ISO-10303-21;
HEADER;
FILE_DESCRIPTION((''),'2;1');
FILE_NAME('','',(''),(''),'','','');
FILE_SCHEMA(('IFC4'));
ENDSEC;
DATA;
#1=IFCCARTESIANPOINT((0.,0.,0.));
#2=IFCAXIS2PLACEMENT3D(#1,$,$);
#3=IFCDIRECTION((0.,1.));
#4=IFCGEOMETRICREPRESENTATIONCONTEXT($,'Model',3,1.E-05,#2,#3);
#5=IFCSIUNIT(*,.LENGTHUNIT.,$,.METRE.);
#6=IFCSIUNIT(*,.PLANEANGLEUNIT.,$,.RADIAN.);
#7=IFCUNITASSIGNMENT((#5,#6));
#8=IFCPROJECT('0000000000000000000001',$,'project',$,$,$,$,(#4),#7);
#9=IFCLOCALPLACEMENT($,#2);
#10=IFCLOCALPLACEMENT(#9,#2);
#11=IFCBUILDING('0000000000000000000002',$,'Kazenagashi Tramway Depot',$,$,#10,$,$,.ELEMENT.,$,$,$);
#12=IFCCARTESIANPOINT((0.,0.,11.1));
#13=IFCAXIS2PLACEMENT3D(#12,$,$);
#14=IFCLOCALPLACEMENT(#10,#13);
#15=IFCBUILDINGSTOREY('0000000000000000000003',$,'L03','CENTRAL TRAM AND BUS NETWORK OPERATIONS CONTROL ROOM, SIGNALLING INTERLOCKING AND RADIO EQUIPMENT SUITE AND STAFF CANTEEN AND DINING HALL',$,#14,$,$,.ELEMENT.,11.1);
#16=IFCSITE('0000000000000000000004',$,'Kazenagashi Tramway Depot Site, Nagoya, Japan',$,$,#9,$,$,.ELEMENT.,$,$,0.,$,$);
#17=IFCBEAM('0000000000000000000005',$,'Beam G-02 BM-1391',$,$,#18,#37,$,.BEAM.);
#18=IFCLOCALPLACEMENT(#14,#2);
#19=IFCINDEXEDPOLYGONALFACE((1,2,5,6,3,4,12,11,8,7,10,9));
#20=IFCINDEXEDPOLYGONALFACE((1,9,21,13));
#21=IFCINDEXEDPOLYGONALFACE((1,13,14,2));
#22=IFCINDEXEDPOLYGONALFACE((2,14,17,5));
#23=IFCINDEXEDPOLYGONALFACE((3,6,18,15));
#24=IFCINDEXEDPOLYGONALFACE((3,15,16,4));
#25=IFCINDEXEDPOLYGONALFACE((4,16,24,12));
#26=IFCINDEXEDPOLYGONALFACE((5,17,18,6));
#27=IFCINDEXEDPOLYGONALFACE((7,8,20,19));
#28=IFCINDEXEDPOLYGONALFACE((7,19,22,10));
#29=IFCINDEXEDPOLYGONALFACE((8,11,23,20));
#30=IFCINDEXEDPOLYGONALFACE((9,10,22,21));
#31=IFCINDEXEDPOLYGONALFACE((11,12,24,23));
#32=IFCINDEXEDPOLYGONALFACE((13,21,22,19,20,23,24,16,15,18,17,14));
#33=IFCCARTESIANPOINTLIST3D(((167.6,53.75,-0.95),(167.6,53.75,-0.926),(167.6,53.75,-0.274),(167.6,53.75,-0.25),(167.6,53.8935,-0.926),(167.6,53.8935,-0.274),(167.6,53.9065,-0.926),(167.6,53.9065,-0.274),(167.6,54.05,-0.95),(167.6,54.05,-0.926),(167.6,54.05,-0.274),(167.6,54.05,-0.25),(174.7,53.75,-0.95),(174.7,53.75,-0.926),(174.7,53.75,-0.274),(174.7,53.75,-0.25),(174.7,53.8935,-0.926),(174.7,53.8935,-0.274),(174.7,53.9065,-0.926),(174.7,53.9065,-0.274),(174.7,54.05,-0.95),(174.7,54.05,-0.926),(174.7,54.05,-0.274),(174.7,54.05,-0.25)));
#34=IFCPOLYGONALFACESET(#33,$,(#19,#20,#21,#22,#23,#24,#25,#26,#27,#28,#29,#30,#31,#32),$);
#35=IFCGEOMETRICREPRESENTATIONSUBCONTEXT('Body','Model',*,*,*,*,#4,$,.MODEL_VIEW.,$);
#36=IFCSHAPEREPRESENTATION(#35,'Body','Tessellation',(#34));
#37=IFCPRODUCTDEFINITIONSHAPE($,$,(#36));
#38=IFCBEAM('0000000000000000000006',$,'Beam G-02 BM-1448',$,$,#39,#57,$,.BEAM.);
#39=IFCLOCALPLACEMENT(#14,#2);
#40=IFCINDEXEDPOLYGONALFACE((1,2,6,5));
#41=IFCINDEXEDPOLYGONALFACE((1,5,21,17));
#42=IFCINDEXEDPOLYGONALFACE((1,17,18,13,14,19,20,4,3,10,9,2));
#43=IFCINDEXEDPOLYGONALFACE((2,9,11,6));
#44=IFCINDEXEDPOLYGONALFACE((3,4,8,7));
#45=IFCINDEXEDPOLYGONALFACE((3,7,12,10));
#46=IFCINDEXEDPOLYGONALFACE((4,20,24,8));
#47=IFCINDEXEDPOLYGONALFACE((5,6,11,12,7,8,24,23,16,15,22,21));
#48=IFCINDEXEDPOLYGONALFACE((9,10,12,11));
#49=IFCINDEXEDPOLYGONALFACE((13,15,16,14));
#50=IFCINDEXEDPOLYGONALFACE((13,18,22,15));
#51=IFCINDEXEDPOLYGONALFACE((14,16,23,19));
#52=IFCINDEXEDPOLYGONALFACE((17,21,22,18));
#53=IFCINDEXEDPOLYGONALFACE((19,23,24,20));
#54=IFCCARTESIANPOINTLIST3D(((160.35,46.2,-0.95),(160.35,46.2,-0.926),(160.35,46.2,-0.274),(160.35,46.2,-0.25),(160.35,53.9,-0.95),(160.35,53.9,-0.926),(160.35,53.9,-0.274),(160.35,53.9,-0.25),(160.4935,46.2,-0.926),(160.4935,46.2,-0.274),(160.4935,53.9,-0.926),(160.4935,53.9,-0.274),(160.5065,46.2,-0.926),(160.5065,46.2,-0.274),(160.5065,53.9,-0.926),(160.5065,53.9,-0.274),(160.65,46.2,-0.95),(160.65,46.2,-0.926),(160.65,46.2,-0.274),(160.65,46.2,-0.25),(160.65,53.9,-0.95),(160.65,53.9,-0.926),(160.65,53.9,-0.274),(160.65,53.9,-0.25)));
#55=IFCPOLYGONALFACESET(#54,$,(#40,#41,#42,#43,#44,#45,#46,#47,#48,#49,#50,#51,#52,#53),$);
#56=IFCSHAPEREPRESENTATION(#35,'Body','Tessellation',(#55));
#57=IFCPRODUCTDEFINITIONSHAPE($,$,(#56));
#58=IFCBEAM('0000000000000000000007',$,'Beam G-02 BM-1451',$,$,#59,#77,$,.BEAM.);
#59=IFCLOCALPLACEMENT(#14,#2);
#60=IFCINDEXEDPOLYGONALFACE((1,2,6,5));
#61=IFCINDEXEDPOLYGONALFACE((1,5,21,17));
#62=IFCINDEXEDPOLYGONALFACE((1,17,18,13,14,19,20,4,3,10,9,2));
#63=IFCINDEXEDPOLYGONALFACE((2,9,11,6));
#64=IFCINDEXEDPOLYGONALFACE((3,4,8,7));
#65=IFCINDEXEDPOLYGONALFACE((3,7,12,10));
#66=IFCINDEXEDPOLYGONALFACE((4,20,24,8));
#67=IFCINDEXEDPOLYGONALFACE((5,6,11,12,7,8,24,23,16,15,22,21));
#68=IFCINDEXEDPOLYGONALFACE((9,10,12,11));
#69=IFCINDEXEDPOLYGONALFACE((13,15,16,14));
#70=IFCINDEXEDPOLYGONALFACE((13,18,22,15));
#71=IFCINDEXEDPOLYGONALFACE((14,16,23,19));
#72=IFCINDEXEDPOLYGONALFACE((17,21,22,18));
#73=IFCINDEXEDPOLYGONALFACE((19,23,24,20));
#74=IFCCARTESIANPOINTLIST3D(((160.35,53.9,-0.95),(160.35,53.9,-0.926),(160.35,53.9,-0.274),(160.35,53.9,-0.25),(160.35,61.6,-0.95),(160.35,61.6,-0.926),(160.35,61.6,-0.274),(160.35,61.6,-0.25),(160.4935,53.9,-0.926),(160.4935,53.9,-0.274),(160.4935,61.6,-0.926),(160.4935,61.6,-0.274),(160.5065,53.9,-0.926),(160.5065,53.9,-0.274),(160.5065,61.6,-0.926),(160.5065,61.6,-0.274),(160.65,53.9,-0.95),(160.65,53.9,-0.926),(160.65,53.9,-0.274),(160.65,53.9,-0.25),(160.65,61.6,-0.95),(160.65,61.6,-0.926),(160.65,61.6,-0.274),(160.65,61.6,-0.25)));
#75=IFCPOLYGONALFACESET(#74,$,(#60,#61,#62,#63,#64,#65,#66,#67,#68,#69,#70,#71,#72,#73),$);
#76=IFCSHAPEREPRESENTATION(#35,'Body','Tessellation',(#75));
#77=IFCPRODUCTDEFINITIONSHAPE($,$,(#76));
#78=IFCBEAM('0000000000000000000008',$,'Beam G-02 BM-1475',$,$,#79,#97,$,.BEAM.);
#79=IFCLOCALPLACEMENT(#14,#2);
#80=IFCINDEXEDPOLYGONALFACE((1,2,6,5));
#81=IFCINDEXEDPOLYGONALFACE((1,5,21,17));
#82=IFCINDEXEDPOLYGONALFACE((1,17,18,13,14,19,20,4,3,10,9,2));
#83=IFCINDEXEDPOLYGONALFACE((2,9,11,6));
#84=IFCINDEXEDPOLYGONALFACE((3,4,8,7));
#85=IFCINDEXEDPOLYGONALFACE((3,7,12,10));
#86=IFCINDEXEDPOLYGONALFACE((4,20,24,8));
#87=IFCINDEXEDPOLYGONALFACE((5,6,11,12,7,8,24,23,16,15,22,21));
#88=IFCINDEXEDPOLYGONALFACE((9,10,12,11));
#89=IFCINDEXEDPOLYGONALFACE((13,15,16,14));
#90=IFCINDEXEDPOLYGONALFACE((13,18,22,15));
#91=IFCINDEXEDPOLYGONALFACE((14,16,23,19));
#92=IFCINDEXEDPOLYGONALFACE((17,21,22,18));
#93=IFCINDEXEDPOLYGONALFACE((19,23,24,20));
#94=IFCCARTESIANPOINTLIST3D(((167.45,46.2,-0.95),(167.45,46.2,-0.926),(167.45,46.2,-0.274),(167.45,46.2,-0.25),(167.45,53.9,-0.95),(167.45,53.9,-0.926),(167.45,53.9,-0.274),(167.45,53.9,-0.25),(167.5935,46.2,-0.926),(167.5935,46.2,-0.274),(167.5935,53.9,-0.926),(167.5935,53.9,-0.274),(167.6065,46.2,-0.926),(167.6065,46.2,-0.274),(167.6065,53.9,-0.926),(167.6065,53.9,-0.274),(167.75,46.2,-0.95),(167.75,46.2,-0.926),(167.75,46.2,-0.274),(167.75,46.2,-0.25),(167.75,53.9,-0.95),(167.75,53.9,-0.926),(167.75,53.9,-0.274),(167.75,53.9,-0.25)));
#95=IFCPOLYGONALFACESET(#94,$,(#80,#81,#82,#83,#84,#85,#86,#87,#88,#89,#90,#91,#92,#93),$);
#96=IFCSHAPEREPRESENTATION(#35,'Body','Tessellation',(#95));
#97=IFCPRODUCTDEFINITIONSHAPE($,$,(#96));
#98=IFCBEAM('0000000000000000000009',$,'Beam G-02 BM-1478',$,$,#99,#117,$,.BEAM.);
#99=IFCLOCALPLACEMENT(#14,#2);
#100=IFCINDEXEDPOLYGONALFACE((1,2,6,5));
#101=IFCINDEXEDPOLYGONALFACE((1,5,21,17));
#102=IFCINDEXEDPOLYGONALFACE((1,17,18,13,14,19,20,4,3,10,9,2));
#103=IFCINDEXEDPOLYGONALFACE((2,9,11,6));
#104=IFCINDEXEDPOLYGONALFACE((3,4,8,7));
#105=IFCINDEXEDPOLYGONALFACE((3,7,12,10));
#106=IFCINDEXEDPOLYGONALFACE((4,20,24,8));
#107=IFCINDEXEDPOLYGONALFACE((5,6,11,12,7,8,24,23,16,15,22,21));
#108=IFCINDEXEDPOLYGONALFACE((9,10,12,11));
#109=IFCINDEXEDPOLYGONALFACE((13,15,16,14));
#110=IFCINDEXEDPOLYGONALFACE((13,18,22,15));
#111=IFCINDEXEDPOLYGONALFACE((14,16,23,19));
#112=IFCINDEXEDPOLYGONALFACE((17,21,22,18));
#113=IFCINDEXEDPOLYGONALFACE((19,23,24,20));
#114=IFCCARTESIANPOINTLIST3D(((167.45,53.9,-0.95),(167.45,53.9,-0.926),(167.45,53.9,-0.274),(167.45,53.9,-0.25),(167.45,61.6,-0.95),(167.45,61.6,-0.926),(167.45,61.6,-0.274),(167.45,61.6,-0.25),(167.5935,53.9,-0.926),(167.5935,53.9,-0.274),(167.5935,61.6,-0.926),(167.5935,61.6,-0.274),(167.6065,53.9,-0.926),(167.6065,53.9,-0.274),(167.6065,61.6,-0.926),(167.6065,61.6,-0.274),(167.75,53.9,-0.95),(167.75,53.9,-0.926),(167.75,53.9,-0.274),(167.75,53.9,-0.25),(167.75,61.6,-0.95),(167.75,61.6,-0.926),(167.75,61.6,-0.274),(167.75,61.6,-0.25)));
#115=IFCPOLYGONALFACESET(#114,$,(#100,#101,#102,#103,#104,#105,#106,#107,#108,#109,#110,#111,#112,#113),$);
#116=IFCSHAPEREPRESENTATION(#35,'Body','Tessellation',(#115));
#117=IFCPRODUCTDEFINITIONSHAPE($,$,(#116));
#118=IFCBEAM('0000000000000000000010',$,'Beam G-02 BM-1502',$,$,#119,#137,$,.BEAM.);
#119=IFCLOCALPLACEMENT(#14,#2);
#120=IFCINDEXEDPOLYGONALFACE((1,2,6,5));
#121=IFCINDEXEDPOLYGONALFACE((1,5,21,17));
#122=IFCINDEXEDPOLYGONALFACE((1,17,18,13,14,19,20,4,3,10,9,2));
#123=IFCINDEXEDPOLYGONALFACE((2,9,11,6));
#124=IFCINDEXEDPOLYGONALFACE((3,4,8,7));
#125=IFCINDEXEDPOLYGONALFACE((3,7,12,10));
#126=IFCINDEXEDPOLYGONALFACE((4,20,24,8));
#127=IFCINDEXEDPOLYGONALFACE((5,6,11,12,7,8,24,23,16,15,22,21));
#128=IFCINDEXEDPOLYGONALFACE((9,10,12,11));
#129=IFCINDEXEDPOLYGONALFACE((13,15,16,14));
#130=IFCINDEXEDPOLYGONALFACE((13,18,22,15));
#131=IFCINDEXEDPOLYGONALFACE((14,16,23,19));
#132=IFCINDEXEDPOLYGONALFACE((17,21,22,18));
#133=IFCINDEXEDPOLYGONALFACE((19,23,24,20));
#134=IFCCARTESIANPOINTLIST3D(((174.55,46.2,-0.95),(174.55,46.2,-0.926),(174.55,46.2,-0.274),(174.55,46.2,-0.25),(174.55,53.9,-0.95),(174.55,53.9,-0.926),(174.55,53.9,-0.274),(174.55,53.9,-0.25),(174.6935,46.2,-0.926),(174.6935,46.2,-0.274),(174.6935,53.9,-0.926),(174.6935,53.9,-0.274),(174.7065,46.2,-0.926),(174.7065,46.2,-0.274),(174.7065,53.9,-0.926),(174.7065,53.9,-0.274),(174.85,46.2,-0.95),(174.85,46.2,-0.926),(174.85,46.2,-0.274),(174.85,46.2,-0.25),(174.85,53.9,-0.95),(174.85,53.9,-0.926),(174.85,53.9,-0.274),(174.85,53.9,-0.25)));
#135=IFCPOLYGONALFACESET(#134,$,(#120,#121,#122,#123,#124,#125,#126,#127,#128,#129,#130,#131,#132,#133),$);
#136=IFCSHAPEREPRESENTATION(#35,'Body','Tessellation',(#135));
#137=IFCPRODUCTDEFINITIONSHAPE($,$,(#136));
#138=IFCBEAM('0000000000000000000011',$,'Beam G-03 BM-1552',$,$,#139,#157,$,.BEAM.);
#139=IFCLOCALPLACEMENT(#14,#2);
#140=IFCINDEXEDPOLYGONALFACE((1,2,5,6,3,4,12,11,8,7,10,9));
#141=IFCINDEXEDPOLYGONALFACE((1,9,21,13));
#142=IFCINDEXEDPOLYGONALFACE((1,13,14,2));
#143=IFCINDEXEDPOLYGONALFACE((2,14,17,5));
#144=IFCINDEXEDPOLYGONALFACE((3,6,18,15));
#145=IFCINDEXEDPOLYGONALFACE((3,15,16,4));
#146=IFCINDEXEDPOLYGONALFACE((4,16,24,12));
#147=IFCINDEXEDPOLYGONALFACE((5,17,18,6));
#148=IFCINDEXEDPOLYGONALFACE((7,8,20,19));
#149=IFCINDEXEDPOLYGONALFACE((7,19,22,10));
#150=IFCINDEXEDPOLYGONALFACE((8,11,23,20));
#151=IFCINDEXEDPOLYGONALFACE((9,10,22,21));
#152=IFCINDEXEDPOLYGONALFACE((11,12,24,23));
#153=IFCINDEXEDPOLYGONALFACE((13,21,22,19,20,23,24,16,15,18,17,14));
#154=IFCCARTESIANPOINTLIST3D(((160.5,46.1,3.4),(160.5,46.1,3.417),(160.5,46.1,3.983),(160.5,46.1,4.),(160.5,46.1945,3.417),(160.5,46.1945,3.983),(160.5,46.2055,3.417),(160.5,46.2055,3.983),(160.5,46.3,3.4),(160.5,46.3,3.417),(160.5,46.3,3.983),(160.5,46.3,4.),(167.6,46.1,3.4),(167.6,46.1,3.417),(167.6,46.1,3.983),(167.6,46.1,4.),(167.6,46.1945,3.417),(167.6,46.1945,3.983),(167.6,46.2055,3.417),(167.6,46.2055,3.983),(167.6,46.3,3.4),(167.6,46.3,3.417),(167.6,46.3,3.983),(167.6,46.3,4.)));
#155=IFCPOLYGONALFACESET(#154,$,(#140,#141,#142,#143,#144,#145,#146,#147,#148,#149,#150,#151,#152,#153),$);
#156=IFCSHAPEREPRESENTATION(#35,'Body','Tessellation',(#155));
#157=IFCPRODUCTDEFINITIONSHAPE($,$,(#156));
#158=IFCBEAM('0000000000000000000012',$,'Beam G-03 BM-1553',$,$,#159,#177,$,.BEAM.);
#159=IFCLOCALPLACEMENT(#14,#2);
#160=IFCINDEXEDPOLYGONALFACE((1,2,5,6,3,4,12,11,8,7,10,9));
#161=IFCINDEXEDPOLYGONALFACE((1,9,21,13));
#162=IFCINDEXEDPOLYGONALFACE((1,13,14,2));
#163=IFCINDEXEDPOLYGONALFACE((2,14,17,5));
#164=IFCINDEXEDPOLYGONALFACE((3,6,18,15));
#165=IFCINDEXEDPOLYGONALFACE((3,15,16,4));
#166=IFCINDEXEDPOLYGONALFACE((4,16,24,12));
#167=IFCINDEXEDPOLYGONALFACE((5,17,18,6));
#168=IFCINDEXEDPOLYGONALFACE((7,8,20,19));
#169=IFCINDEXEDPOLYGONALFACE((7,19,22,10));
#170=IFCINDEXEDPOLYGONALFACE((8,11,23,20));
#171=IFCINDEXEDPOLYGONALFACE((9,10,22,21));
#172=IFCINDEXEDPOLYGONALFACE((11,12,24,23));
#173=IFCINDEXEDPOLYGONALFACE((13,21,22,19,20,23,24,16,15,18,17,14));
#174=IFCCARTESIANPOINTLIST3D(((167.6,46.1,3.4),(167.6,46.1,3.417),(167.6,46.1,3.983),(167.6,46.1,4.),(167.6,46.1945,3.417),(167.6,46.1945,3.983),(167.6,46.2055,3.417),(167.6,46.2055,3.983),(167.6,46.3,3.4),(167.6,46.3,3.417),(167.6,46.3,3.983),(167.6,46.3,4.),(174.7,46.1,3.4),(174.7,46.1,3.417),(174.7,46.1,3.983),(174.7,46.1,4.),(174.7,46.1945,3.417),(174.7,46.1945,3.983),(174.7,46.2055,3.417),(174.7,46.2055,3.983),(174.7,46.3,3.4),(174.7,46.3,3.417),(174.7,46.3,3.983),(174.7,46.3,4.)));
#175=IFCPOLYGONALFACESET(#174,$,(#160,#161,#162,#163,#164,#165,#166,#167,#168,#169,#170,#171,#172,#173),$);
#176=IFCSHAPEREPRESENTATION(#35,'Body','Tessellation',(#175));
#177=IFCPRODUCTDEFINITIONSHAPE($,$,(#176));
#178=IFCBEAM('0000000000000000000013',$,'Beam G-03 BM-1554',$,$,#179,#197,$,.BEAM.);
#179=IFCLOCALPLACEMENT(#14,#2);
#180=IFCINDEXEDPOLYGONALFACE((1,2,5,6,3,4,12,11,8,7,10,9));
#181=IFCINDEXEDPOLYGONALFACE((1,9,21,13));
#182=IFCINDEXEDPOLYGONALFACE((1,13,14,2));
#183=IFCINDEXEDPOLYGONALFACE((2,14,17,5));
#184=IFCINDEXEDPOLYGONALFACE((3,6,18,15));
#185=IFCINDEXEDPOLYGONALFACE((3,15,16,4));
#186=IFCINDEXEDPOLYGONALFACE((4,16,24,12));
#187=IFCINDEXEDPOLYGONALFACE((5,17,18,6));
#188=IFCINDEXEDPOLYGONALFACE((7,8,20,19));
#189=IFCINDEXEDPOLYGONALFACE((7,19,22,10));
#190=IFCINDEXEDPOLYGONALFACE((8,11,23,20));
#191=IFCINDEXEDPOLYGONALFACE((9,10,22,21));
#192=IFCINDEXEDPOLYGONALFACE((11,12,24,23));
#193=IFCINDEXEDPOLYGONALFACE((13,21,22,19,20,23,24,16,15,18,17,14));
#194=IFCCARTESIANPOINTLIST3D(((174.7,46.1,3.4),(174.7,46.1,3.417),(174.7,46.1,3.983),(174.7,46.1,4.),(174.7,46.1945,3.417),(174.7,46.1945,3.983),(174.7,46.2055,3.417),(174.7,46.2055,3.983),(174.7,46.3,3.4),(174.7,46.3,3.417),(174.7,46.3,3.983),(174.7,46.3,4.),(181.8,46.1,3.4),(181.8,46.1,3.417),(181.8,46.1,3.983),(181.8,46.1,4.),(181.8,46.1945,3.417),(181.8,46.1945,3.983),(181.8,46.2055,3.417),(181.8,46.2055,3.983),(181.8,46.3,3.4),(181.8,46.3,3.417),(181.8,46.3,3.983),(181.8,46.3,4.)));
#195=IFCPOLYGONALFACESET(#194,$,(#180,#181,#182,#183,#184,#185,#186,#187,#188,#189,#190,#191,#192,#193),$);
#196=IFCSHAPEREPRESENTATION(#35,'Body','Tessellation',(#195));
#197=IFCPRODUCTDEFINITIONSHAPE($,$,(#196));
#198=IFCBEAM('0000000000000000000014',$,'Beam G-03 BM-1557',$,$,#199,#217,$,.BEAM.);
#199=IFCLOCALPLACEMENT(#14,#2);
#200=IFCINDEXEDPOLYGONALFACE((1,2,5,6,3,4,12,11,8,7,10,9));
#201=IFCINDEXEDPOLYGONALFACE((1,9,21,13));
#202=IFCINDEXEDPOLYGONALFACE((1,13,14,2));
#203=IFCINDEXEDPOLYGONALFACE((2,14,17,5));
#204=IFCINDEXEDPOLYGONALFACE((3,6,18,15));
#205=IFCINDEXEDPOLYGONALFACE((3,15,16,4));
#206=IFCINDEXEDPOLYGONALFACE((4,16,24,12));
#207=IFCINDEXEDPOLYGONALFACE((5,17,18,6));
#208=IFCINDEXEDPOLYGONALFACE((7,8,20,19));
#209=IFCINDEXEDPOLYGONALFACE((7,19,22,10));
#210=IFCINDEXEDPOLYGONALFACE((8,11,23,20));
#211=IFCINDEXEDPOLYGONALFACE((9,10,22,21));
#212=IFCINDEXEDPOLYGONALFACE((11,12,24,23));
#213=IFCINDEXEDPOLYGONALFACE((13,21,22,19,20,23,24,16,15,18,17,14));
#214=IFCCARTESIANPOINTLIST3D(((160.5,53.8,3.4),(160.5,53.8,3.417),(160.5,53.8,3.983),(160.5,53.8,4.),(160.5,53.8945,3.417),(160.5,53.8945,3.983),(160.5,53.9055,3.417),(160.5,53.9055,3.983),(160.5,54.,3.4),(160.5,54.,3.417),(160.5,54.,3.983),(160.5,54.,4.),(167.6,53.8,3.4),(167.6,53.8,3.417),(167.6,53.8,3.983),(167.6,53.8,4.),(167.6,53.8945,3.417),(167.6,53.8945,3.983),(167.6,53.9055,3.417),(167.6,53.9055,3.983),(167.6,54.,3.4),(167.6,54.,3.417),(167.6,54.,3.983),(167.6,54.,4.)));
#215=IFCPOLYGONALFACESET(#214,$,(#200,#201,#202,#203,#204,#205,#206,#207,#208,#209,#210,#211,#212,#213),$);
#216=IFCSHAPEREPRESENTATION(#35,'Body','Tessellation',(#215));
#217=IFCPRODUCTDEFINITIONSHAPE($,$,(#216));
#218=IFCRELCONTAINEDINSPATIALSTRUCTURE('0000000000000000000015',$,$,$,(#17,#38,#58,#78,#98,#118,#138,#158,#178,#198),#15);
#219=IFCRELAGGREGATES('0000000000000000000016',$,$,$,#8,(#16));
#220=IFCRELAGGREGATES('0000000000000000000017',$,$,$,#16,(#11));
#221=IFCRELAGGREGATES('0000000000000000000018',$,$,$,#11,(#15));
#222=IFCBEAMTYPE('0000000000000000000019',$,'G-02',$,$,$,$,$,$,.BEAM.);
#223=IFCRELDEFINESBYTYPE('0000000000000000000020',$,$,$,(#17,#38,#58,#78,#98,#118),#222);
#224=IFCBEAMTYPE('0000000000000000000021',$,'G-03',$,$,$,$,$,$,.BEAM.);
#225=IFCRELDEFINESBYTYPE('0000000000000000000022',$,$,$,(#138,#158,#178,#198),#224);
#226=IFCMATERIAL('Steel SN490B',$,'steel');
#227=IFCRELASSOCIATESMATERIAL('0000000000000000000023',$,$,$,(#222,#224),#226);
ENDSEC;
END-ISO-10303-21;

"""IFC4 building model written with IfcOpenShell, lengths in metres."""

from ifc_helpers import new_model, si_unit, direction, frame, origin, origin_2d, place, context, subcontext, project, spatial, i_section, extrude, material, material_profile, profile_set, type_object, element, save


model = new_model("IFC4")

# Units and contexts
model_context = context("Model", 3, precision=1e-05, world=origin(), true_north=direction((0.0, 1.0)))
body_context = subcontext(model_context, "Body", "Model", "MODEL_VIEW")
ifc_project = project(units=[si_unit("LENGTHUNIT", "METRE"), si_unit("PLANEANGLEUNIT", "RADIAN")], contexts=[model_context])

# Site, building, storey
site_placement = place(None, origin())
site = spatial("IfcSite", under=ifc_project, at=site_placement, Name="Kazenagashi Tramway Depot Site, Nagoya, Japan", CompositionType="ELEMENT", RefElevation=0.0)
building_placement = place(site_placement, origin())
building = spatial("IfcBuilding", under=site, at=building_placement, Name="Kazenagashi Tramway Depot", CompositionType="ELEMENT")
storey_placement = place(building_placement, frame((0.0, 0.0, 11.1)))
storey = spatial("IfcBuildingStorey", under=building, at=storey_placement, Name="L03", Description="CENTRAL TRAM AND BUS NETWORK OPERATIONS CONTROL ROOM, SIGNALLING INTERLOCKING AND RADIO EQUIPMENT SUITE AND STAFF CANTEEN AND DINING HALL", CompositionType="ELEMENT", Elevation=11.1)

# Shared definitions
ifc_material_1 = material(Name="Steel SN490B", Category="steel")

# Beams
ifc_material_profile_1 = material_profile(ifc_material_1, i_section(OverallWidth=0.3, OverallDepth=0.7, WebThickness=0.013, FlangeThickness=0.024, at=origin_2d()), Name="H-700x300x13x24")
ifc_profile_set_1 = profile_set([ifc_material_profile_1], Name="Steel SN490B")
beam_type_1 = type_object("IfcBeamType", Name="G-02", PredefinedType="BEAM", material=ifc_profile_set_1)
for number, where, z_axis, x_axis, name in (
    (1, (167.6, 53.9, -0.6), (1.0, 0.0, 0.0), (0.0, 1.0, 0.0), "Beam G-02 BM-1391"),
):
    element("IfcBeam", number, at=place(storey_placement, frame(where, z_axis=z_axis, x_axis=x_axis)), inside=storey, type_object=beam_type_1, Name=name, PredefinedType="BEAM", context=body_context, shape_type="SweptSolid", body=[
        extrude(i_section(OverallWidth=0.3, OverallDepth=0.7, WebThickness=0.013, FlangeThickness=0.024, at=origin_2d()), origin(), (0.0, 0.0, 1.0), 7.1),
    ])
for number, where, z_axis, x_axis, name in (
    (2, (160.5, 46.2, -0.6), (0.0, 1.0, 0.0), (-1.0, 0.0, 0.0), "Beam G-02 BM-1448"),
    (3, (160.5, 53.9, -0.6), (0.0, 1.0, 0.0), (-1.0, 0.0, 0.0), "Beam G-02 BM-1451"),
    (4, (167.6, 46.2, -0.6), (0.0, 1.0, 0.0), (-1.0, 0.0, 0.0), "Beam G-02 BM-1475"),
    (5, (167.6, 53.9, -0.6), (0.0, 1.0, 0.0), (-1.0, 0.0, 0.0), "Beam G-02 BM-1478"),
    (6, (174.7, 46.2, -0.6), (0.0, 1.0, 0.0), (-1.0, 0.0, 0.0), "Beam G-02 BM-1502"),
):
    element("IfcBeam", number, at=place(storey_placement, frame(where, z_axis=z_axis, x_axis=x_axis)), inside=storey, type_object=beam_type_1, Name=name, PredefinedType="BEAM", context=body_context, shape_type="SweptSolid", body=[
        extrude(i_section(OverallWidth=0.3, OverallDepth=0.7, WebThickness=0.013, FlangeThickness=0.024, at=origin_2d()), origin(), (0.0, 0.0, 1.0), 7.7),
    ])
ifc_material_profile_2 = material_profile(ifc_material_1, i_section(OverallWidth=0.2, OverallDepth=0.6, WebThickness=0.011, FlangeThickness=0.017, at=origin_2d()), Name="H-600x200x11x17")
ifc_profile_set_2 = profile_set([ifc_material_profile_2], Name="Steel SN490B")
beam_type_2 = type_object("IfcBeamType", Name="G-03", PredefinedType="BEAM", material=ifc_profile_set_2)
for number, where, z_axis, x_axis, name in (
    (7, (160.5, 46.2, 3.7), (1.0, 0.0, 0.0), (0.0, 1.0, 0.0), "Beam G-03 BM-1552"),
    (8, (167.6, 46.2, 3.7), (1.0, 0.0, 0.0), (0.0, 1.0, 0.0), "Beam G-03 BM-1553"),
    (9, (174.7, 46.2, 3.7), (1.0, 0.0, 0.0), (0.0, 1.0, 0.0), "Beam G-03 BM-1554"),
    (10, (160.5, 53.9, 3.7), (1.0, 0.0, 0.0), (0.0, 1.0, 0.0), "Beam G-03 BM-1557"),
):
    element("IfcBeam", number, at=place(storey_placement, frame(where, z_axis=z_axis, x_axis=x_axis)), inside=storey, type_object=beam_type_2, Name=name, PredefinedType="BEAM", context=body_context, shape_type="SweptSolid", body=[
        extrude(i_section(OverallWidth=0.2, OverallDepth=0.6, WebThickness=0.011, FlangeThickness=0.017, at=origin_2d()), origin(), (0.0, 0.0, 1.0), 7.1),
    ])

save(model, "model.ifc")
